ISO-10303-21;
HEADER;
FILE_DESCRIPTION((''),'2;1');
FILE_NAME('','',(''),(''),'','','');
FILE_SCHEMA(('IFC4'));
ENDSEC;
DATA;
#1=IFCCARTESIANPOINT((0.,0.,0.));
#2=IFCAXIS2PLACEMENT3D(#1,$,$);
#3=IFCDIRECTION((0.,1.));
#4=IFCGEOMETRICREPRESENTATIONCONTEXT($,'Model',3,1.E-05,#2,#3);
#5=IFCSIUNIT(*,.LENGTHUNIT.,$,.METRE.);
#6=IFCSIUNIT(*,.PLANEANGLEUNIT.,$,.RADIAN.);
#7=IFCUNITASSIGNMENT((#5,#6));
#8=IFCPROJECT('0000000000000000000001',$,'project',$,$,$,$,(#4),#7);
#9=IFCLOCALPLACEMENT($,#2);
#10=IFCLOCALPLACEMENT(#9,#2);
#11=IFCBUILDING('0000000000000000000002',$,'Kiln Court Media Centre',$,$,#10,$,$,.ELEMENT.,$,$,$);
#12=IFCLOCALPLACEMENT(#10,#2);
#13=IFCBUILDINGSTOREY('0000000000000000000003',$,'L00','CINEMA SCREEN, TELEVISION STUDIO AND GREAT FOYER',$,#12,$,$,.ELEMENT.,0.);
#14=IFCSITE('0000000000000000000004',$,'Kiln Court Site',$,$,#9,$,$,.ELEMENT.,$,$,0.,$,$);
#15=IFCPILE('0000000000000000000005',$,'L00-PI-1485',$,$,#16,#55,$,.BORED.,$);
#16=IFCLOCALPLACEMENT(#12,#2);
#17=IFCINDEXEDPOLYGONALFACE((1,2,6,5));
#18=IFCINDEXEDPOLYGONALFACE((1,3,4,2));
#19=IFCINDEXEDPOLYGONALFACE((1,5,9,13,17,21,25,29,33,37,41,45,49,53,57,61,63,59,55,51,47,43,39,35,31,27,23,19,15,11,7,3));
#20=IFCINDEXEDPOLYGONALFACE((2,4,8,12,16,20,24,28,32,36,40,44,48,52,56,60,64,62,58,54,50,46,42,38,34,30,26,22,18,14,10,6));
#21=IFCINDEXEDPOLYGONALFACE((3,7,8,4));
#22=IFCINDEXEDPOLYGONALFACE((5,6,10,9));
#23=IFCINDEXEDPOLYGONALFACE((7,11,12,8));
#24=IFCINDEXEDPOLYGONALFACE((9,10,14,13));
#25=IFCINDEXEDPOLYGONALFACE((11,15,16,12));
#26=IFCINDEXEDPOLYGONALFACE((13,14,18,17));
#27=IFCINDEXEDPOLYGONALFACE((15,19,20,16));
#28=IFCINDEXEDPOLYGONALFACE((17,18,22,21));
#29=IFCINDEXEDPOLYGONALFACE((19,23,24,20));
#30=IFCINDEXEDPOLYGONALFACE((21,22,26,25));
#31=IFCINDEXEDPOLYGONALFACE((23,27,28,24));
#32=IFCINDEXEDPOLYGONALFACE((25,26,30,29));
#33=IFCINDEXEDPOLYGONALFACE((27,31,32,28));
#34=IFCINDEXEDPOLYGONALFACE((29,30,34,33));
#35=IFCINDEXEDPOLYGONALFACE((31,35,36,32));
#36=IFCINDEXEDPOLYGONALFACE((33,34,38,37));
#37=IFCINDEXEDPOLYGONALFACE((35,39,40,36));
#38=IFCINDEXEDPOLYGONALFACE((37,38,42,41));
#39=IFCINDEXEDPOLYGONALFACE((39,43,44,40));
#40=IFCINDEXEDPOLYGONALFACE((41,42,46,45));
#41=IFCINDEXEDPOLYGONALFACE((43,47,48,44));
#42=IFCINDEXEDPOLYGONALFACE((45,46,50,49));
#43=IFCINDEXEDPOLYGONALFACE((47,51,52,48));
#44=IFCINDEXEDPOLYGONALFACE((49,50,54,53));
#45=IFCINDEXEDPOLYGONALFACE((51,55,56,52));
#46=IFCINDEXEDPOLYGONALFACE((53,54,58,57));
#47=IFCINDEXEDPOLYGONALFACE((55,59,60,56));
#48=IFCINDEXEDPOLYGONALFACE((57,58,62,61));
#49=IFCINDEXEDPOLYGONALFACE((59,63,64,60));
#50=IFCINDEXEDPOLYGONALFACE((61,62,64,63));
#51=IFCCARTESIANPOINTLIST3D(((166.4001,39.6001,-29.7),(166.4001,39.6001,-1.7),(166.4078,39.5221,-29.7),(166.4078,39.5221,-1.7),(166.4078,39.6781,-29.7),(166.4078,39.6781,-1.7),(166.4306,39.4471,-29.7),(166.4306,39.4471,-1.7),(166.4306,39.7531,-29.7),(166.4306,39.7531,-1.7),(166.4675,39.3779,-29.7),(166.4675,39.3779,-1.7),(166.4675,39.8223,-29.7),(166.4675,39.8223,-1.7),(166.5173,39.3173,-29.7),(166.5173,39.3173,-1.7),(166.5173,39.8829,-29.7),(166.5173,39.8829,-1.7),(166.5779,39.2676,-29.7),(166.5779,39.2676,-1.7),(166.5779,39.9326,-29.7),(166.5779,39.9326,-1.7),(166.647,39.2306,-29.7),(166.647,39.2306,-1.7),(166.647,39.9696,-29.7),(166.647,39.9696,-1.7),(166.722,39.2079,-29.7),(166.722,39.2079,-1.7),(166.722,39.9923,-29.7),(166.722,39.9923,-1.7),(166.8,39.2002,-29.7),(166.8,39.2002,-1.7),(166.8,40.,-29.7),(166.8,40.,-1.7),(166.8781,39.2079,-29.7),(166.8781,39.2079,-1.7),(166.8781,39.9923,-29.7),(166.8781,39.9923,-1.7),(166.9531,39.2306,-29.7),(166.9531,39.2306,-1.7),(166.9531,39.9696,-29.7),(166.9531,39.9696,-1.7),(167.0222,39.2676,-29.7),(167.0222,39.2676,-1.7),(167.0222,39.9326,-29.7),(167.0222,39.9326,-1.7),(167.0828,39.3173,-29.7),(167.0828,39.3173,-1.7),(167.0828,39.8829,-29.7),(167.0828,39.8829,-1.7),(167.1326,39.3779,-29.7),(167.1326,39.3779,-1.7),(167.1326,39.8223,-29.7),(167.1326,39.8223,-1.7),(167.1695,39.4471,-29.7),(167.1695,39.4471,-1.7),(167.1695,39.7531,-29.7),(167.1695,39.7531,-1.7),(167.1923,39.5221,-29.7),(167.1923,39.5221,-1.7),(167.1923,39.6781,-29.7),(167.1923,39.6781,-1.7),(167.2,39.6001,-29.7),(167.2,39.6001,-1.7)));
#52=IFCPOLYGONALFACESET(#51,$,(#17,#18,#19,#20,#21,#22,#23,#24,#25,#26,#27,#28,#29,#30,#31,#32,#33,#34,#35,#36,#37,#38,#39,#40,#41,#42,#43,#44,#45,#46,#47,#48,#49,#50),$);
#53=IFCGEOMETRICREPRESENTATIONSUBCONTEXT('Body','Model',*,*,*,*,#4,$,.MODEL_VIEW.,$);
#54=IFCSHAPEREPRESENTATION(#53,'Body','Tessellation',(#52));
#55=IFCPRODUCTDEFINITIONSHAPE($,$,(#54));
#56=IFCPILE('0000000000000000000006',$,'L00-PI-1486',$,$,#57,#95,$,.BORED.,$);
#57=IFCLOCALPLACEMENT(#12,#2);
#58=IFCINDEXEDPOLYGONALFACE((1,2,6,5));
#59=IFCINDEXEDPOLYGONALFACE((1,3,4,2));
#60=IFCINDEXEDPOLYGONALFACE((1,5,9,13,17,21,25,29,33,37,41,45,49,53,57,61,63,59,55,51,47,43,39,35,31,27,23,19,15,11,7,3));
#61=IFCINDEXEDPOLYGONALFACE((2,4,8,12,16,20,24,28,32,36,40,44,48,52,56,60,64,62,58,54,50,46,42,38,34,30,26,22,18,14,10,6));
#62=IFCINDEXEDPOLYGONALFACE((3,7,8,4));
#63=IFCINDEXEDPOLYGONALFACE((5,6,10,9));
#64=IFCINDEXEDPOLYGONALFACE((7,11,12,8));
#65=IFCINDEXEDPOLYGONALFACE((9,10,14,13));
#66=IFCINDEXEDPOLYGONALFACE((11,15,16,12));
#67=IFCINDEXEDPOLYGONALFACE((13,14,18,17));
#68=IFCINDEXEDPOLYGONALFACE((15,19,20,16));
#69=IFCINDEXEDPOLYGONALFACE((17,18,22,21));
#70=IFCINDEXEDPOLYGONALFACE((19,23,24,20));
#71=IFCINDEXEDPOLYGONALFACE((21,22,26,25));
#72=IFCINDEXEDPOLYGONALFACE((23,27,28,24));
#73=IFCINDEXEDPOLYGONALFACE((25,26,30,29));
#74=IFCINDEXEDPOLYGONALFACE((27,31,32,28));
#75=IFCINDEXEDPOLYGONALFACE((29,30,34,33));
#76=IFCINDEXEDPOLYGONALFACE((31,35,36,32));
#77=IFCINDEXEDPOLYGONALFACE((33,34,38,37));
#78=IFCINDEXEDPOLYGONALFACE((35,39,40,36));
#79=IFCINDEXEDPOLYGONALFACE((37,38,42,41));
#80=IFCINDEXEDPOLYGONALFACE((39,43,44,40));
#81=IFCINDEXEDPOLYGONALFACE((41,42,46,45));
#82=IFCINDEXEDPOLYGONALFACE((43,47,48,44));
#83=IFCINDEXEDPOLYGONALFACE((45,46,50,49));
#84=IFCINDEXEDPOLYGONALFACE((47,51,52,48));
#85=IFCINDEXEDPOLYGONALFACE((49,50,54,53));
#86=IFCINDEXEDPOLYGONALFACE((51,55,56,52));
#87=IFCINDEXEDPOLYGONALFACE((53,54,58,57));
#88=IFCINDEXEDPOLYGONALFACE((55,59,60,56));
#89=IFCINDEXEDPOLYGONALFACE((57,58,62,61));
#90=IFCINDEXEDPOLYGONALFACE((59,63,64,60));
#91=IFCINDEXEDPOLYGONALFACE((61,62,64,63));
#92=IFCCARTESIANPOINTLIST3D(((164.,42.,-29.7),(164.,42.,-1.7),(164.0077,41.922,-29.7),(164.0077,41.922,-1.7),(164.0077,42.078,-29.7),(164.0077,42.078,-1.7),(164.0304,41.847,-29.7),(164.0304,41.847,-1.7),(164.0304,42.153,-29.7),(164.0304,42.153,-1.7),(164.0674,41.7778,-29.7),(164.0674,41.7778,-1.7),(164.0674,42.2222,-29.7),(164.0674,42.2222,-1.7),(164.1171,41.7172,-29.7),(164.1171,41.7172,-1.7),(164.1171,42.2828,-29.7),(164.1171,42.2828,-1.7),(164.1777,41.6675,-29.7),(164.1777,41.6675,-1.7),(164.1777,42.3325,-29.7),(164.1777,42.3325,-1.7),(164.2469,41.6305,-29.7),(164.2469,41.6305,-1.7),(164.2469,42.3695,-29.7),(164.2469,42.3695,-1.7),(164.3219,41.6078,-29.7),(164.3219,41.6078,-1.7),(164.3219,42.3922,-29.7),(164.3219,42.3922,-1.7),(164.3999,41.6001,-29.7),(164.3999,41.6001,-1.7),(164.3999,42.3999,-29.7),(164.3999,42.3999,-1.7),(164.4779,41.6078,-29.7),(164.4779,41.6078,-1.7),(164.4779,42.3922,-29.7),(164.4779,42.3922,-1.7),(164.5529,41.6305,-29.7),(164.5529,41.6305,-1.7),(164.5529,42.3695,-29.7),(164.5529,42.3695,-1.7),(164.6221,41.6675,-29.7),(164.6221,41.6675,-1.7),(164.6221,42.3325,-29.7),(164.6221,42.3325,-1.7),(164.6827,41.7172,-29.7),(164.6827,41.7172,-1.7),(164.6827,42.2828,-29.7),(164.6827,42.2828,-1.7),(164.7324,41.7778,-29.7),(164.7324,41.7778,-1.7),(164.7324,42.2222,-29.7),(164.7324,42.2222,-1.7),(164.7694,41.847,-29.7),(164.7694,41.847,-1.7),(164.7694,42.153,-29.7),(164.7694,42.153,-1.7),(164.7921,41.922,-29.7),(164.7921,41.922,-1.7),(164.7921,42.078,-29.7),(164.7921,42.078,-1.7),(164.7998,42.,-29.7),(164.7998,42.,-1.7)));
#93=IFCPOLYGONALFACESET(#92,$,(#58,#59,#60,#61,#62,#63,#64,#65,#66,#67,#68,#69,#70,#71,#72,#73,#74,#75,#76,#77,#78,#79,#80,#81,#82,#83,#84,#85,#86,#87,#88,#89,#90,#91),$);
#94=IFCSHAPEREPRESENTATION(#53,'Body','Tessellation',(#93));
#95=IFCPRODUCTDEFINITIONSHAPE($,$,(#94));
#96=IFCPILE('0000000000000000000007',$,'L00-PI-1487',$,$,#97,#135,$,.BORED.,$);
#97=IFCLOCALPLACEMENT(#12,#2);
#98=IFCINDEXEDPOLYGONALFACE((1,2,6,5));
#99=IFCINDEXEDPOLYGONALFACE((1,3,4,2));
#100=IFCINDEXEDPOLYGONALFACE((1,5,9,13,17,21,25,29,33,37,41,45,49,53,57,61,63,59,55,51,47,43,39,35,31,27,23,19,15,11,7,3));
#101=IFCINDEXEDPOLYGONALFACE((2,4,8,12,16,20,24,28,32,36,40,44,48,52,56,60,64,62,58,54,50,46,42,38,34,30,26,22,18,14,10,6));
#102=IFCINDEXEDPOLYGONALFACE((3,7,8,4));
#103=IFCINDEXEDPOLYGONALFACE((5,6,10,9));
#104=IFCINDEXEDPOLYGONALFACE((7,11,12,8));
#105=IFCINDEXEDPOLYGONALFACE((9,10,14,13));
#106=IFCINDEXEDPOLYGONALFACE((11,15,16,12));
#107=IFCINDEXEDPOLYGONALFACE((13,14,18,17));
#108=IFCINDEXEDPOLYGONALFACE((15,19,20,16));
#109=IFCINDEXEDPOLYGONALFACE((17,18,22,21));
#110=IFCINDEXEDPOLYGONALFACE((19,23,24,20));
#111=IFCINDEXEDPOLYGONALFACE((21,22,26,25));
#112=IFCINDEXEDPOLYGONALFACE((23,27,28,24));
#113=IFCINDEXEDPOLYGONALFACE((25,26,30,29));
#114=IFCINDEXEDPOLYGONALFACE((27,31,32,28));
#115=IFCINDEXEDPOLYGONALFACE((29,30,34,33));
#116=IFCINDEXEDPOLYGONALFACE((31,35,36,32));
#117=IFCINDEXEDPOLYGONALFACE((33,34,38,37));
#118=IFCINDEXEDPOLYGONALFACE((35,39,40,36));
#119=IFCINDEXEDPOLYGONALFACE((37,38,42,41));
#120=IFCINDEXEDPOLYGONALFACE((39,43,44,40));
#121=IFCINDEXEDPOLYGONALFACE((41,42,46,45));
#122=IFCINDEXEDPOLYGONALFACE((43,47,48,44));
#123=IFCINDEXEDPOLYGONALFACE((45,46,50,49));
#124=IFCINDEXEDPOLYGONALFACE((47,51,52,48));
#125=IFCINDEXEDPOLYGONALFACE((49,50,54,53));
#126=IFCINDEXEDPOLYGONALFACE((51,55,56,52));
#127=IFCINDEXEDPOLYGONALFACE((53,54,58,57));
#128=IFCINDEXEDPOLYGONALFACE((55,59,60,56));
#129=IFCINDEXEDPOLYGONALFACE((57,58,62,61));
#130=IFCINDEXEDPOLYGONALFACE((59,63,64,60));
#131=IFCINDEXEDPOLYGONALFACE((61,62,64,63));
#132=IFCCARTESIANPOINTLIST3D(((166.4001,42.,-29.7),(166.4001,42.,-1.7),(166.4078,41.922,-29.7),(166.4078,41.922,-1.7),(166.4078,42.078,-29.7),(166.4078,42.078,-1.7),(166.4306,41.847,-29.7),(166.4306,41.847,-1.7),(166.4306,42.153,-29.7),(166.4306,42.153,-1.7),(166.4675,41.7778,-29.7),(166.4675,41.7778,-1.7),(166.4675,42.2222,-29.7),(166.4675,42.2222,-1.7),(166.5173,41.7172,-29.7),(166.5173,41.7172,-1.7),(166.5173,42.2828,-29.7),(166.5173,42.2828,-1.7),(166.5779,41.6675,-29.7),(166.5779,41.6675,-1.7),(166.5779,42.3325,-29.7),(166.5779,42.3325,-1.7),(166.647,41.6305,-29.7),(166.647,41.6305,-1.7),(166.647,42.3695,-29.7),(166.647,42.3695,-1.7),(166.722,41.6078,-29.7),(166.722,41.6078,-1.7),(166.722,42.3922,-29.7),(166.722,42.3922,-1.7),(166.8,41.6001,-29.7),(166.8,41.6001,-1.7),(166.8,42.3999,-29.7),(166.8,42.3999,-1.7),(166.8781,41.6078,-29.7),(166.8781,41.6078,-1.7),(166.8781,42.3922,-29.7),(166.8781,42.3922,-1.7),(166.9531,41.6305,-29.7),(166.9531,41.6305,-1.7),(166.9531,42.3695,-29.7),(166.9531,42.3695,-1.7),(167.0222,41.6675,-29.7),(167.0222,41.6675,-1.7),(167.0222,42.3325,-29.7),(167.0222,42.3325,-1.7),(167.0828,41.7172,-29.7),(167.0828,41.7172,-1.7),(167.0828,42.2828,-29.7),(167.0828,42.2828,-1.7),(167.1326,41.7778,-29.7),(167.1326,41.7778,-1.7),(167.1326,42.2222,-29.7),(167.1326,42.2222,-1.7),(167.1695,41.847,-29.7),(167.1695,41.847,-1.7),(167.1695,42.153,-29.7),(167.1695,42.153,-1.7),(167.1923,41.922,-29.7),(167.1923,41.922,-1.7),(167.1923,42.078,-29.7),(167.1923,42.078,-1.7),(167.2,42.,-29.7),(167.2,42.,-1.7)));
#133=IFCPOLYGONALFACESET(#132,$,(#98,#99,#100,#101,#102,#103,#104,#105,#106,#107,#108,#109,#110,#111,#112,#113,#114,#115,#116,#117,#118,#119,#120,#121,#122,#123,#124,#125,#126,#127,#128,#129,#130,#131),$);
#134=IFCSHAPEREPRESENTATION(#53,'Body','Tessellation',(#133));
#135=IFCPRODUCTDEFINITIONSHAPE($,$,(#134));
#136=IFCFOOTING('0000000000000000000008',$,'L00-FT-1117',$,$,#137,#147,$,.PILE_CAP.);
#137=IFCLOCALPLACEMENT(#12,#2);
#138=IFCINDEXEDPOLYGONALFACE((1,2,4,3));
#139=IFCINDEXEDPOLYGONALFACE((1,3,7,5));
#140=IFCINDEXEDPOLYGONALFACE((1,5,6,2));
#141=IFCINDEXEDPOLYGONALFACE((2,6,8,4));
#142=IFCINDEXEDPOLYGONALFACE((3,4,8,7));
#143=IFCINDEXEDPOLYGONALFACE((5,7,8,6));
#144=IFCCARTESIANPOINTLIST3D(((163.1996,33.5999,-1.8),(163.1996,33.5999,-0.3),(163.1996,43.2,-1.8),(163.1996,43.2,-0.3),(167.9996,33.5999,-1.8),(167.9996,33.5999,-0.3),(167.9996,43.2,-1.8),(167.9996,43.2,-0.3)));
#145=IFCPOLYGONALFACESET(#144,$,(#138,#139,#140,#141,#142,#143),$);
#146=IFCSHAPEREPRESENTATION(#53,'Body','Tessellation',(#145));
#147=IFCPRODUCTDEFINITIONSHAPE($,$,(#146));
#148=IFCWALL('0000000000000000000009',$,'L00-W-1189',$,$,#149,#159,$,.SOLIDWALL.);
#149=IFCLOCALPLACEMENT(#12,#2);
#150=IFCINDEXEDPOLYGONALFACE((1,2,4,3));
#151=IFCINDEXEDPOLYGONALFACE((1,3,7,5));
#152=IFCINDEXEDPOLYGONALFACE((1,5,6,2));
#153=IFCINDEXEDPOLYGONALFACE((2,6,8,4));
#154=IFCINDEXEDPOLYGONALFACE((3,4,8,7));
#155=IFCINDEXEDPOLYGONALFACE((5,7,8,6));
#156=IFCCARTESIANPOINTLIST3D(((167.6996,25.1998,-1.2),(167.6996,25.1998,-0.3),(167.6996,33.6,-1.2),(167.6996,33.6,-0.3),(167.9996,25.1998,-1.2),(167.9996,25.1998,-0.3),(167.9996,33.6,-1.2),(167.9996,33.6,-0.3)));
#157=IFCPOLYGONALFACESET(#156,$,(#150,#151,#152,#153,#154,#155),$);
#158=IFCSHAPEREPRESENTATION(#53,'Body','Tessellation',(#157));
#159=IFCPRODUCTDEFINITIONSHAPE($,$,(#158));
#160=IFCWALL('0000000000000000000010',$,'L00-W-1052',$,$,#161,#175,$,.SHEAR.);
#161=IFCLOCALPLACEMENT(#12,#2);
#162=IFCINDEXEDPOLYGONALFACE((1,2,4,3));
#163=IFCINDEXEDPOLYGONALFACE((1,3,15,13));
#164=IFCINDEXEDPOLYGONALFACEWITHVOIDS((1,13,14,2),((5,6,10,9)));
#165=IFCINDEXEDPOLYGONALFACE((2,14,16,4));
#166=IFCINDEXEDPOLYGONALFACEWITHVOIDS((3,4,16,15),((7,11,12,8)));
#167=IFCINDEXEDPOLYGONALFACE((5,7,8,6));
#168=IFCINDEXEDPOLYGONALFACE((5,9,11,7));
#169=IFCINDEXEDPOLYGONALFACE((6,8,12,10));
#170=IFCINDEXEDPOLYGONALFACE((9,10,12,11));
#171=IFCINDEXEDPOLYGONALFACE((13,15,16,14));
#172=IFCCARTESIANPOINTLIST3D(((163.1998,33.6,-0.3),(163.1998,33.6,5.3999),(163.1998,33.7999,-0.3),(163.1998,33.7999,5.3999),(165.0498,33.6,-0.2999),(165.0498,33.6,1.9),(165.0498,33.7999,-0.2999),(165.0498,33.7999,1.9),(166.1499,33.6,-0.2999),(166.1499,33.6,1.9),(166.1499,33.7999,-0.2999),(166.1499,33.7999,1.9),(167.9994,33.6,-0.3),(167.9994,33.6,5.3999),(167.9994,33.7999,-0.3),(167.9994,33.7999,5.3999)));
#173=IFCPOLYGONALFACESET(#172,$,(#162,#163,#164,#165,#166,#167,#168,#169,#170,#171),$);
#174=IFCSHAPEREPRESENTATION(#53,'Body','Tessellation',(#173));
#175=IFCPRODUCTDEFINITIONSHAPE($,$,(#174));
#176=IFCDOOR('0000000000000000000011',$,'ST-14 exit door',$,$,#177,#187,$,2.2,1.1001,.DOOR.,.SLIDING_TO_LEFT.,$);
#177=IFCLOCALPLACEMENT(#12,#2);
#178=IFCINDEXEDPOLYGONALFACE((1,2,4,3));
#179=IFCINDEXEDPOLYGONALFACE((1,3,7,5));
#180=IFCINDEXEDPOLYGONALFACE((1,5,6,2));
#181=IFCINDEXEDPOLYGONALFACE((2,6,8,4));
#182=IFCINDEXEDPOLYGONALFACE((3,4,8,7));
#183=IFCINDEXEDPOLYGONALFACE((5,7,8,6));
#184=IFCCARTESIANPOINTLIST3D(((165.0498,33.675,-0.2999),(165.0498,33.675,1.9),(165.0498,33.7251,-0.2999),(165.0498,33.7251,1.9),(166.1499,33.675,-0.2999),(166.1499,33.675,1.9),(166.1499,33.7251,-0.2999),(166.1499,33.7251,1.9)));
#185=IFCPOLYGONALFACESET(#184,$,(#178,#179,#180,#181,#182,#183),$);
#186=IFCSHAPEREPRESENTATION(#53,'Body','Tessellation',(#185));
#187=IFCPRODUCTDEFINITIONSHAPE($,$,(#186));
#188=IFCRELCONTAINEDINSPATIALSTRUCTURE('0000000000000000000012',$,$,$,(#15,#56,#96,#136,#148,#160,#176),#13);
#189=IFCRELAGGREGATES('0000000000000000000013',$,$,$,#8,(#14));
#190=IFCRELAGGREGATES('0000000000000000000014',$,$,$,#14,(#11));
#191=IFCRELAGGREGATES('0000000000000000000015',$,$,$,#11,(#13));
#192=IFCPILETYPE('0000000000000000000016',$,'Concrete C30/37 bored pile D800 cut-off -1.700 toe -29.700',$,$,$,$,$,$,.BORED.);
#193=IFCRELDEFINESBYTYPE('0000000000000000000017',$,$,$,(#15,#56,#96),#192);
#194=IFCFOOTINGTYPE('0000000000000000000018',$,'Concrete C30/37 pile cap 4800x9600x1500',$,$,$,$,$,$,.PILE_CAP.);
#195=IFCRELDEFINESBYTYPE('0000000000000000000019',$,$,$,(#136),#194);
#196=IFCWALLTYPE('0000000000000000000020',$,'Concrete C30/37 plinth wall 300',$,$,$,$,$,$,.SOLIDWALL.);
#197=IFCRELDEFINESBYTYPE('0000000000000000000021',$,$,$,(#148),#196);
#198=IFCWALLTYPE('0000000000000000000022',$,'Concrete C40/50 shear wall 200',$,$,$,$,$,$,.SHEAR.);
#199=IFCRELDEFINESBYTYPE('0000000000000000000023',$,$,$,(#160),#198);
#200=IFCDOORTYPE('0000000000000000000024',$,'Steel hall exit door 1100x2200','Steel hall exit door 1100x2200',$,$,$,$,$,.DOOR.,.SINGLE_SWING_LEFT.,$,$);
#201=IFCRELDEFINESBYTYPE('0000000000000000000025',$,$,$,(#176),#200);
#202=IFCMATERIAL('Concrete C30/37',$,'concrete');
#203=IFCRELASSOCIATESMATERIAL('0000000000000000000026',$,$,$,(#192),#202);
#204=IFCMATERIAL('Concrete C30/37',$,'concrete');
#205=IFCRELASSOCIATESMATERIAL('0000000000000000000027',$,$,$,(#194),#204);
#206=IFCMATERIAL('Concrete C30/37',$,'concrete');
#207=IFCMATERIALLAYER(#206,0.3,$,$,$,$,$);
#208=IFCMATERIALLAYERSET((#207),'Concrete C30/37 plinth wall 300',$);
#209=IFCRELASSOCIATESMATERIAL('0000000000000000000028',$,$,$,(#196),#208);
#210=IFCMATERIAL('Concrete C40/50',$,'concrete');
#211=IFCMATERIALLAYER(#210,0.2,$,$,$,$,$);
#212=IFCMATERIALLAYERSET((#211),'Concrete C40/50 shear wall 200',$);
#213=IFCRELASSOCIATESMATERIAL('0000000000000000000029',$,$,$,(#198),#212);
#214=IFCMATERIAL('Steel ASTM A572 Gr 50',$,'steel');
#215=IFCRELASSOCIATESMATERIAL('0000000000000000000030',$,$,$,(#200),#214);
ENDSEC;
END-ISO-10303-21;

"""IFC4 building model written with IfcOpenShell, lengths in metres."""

from ifc_helpers import new_model, si_unit, direction, frame, frame_2d, origin, origin_2d, place, context, subcontext, project, spatial, rectangle, circle, extrude, material, layer, layer_set, material_profile, profile_set, type_object, element, fill, save


model = new_model("IFC4")

# Units and contexts
model_context = context("Model", 3, precision=1e-05, world=origin(), true_north=direction((0.0, 1.0)))
body_context = subcontext(model_context, "Body", "Model", "MODEL_VIEW")
ifc_project = project(units=[si_unit("LENGTHUNIT", "METRE"), si_unit("PLANEANGLEUNIT", "RADIAN")], contexts=[model_context])

# Site, building, storey
site_placement = place(None, origin())
site = spatial("IfcSite", under=ifc_project, at=site_placement, Name="Kiln Court Site", CompositionType="ELEMENT", RefElevation=0.0)
building_placement = place(site_placement, origin())
building = spatial("IfcBuilding", under=site, at=building_placement, Name="Kiln Court Media Centre", CompositionType="ELEMENT")
storey_placement = place(building_placement, origin())
storey = spatial("IfcBuildingStorey", under=building, at=storey_placement, Name="L00", Description="CINEMA SCREEN, TELEVISION STUDIO AND GREAT FOYER", CompositionType="ELEMENT", Elevation=0.0)

# Piles
ifc_material_1 = material(Name="Concrete C30/37", Category="concrete")
ifc_material_profile = material_profile(ifc_material_1, circle(Radius=0.3999, at=origin_2d()), Name="PILE D800")
ifc_profile_set = profile_set([ifc_material_profile], Name="Concrete C30/37")
pile_type = type_object("IfcPileType", Name="Concrete C30/37 bored pile D800 cut-off -1.700 toe -29.700", PredefinedType="BORED", material=ifc_profile_set)
for number, where, z_axis, x_axis, name in (
    (1, (166.8, 39.6001, -1.7), (0.0, 0.0, -1.0), (1.0, 0.0, 0.0), "L00-PI-1485"),
    (2, (164.3999, 42.0, -1.7), (0.0, 0.0, -1.0), (1.0, 0.0, 0.0), "L00-PI-1486"),
    (3, (166.8, 42.0, -1.7), (0.0, 0.0, -1.0), (1.0, 0.0, 0.0), "L00-PI-1487"),
):
    element("IfcPile", number, at=place(storey_placement, frame(where, z_axis=z_axis, x_axis=x_axis)), inside=storey, type_object=pile_type, Name=name, PredefinedType="BORED", context=body_context, shape_type="SweptSolid", body=[
        extrude(circle(Radius=0.3999, at=origin_2d()), origin(), (0.0, 0.0, 1.0), 28.0),
    ])

# Footing
ifc_material_2 = material(Name="Concrete C30/37", Category="concrete")
footing_type = type_object("IfcFootingType", Name="Concrete C30/37 pile cap 4800x9600x1500", PredefinedType="PILE_CAP", material=ifc_material_2)
footing_placement = place(storey_placement, frame((165.5996, 38.3999, -1.8), z_axis=(0.0, 0.0, 1.0), x_axis=(1.0, 0.0, 0.0)))
element("IfcFooting", 4, at=footing_placement, inside=storey, type_object=footing_type, Name="L00-FT-1117", PredefinedType="PILE_CAP", context=body_context, shape_type="SweptSolid", body=[
    extrude(rectangle(XDim=4.8, YDim=9.6001, at=origin_2d()), origin(), (0.0, 0.0, 1.0), 1.5),
])

# Wall
ifc_material_3 = material(Name="Concrete C30/37", Category="concrete")
ifc_layer_1 = layer(ifc_material_3, 0.3)
ifc_layer_set_1 = layer_set([ifc_layer_1], Name="Concrete C30/37 plinth wall 300")
wall_type_1 = type_object("IfcWallType", Name="Concrete C30/37 plinth wall 300", PredefinedType="SOLIDWALL", material=ifc_layer_set_1)
wall_1_placement = place(storey_placement, frame((167.8496, 33.6001, -1.2), z_axis=(0.0, 0.0, 1.0), x_axis=(0.0, -1.0, 0.0)))
element("IfcWall", 5, at=wall_1_placement, inside=storey, type_object=wall_type_1, Name="L00-W-1189", PredefinedType="SOLIDWALL", context=body_context, shape_type="SweptSolid", body=[
    extrude(rectangle(XDim=8.4001, YDim=0.3, at=frame_2d((4.2002, 0.0))), origin(), (0.0, 0.0, 1.0), 0.8999),
])

# Wall, opening, door
ifc_material_4 = material(Name="Concrete C40/50", Category="concrete")
ifc_layer_2 = layer(ifc_material_4, 0.2)
ifc_layer_set_2 = layer_set([ifc_layer_2], Name="Concrete C40/50 shear wall 200")
wall_type_2 = type_object("IfcWallType", Name="Concrete C40/50 shear wall 200", PredefinedType="SHEAR", material=ifc_layer_set_2)
wall_2_placement = place(storey_placement, frame((167.9995, 33.7, -0.3), z_axis=(0.0, 0.0, 1.0), x_axis=(-1.0, 0.0, 0.0)))
wall_2 = element("IfcWall", 6, at=wall_2_placement, inside=storey, type_object=wall_type_2, Name="L00-W-1052", PredefinedType="SHEAR", context=body_context, shape_type="SweptSolid", body=[
    extrude(rectangle(XDim=4.7996, YDim=0.2, at=frame_2d((2.3999, 0.0))), origin(), (0.0, 0.0, 1.0), 5.7),
])
opening_placement = place(wall_2_placement, frame((1.8496, 0.0, 0.0)))
opening = element("IfcOpeningElement", 7, at=opening_placement, cuts=wall_2, PredefinedType="OPENING", context=body_context, shape_type="SweptSolid", body=[
    extrude(rectangle(XDim=1.1001, YDim=2.2, at=frame_2d((0.55, 1.1001))), frame((0.0, 0.1099, 0.0), z_axis=(0.0, -1.0, 0.0), x_axis=(1.0, 0.0, 0.0)), (0.0, 0.0, 1.0), 0.22),
])
ifc_material_5 = material(Name="Steel ASTM A572 Gr 50", Category="steel")
door_type = type_object("IfcDoorType", Name="Steel hall exit door 1100x2200", Description="Steel hall exit door 1100x2200", OperationType="SINGLE_SWING_LEFT", PredefinedType="DOOR", material=ifc_material_5)
door_placement = place(opening_placement, origin())
door = element("IfcDoor", 8, at=door_placement, inside=storey, type_object=door_type, Name="ST-14 exit door", OperationType="SLIDING_TO_LEFT", OverallHeight=2.2, OverallWidth=1.1001, PredefinedType="DOOR", context=body_context, shape_type="SweptSolid", body=[
    extrude(rectangle(XDim=1.1001, YDim=2.2, at=frame_2d((0.55, 1.1001))), frame((0.0, 0.0249, 0.0), z_axis=(0.0, -1.0, 0.0), x_axis=(1.0, 0.0, 0.0)), (0.0, 0.0, 1.0), 0.05),
])
fill(opening, door)

save(model, "model.ifc")
